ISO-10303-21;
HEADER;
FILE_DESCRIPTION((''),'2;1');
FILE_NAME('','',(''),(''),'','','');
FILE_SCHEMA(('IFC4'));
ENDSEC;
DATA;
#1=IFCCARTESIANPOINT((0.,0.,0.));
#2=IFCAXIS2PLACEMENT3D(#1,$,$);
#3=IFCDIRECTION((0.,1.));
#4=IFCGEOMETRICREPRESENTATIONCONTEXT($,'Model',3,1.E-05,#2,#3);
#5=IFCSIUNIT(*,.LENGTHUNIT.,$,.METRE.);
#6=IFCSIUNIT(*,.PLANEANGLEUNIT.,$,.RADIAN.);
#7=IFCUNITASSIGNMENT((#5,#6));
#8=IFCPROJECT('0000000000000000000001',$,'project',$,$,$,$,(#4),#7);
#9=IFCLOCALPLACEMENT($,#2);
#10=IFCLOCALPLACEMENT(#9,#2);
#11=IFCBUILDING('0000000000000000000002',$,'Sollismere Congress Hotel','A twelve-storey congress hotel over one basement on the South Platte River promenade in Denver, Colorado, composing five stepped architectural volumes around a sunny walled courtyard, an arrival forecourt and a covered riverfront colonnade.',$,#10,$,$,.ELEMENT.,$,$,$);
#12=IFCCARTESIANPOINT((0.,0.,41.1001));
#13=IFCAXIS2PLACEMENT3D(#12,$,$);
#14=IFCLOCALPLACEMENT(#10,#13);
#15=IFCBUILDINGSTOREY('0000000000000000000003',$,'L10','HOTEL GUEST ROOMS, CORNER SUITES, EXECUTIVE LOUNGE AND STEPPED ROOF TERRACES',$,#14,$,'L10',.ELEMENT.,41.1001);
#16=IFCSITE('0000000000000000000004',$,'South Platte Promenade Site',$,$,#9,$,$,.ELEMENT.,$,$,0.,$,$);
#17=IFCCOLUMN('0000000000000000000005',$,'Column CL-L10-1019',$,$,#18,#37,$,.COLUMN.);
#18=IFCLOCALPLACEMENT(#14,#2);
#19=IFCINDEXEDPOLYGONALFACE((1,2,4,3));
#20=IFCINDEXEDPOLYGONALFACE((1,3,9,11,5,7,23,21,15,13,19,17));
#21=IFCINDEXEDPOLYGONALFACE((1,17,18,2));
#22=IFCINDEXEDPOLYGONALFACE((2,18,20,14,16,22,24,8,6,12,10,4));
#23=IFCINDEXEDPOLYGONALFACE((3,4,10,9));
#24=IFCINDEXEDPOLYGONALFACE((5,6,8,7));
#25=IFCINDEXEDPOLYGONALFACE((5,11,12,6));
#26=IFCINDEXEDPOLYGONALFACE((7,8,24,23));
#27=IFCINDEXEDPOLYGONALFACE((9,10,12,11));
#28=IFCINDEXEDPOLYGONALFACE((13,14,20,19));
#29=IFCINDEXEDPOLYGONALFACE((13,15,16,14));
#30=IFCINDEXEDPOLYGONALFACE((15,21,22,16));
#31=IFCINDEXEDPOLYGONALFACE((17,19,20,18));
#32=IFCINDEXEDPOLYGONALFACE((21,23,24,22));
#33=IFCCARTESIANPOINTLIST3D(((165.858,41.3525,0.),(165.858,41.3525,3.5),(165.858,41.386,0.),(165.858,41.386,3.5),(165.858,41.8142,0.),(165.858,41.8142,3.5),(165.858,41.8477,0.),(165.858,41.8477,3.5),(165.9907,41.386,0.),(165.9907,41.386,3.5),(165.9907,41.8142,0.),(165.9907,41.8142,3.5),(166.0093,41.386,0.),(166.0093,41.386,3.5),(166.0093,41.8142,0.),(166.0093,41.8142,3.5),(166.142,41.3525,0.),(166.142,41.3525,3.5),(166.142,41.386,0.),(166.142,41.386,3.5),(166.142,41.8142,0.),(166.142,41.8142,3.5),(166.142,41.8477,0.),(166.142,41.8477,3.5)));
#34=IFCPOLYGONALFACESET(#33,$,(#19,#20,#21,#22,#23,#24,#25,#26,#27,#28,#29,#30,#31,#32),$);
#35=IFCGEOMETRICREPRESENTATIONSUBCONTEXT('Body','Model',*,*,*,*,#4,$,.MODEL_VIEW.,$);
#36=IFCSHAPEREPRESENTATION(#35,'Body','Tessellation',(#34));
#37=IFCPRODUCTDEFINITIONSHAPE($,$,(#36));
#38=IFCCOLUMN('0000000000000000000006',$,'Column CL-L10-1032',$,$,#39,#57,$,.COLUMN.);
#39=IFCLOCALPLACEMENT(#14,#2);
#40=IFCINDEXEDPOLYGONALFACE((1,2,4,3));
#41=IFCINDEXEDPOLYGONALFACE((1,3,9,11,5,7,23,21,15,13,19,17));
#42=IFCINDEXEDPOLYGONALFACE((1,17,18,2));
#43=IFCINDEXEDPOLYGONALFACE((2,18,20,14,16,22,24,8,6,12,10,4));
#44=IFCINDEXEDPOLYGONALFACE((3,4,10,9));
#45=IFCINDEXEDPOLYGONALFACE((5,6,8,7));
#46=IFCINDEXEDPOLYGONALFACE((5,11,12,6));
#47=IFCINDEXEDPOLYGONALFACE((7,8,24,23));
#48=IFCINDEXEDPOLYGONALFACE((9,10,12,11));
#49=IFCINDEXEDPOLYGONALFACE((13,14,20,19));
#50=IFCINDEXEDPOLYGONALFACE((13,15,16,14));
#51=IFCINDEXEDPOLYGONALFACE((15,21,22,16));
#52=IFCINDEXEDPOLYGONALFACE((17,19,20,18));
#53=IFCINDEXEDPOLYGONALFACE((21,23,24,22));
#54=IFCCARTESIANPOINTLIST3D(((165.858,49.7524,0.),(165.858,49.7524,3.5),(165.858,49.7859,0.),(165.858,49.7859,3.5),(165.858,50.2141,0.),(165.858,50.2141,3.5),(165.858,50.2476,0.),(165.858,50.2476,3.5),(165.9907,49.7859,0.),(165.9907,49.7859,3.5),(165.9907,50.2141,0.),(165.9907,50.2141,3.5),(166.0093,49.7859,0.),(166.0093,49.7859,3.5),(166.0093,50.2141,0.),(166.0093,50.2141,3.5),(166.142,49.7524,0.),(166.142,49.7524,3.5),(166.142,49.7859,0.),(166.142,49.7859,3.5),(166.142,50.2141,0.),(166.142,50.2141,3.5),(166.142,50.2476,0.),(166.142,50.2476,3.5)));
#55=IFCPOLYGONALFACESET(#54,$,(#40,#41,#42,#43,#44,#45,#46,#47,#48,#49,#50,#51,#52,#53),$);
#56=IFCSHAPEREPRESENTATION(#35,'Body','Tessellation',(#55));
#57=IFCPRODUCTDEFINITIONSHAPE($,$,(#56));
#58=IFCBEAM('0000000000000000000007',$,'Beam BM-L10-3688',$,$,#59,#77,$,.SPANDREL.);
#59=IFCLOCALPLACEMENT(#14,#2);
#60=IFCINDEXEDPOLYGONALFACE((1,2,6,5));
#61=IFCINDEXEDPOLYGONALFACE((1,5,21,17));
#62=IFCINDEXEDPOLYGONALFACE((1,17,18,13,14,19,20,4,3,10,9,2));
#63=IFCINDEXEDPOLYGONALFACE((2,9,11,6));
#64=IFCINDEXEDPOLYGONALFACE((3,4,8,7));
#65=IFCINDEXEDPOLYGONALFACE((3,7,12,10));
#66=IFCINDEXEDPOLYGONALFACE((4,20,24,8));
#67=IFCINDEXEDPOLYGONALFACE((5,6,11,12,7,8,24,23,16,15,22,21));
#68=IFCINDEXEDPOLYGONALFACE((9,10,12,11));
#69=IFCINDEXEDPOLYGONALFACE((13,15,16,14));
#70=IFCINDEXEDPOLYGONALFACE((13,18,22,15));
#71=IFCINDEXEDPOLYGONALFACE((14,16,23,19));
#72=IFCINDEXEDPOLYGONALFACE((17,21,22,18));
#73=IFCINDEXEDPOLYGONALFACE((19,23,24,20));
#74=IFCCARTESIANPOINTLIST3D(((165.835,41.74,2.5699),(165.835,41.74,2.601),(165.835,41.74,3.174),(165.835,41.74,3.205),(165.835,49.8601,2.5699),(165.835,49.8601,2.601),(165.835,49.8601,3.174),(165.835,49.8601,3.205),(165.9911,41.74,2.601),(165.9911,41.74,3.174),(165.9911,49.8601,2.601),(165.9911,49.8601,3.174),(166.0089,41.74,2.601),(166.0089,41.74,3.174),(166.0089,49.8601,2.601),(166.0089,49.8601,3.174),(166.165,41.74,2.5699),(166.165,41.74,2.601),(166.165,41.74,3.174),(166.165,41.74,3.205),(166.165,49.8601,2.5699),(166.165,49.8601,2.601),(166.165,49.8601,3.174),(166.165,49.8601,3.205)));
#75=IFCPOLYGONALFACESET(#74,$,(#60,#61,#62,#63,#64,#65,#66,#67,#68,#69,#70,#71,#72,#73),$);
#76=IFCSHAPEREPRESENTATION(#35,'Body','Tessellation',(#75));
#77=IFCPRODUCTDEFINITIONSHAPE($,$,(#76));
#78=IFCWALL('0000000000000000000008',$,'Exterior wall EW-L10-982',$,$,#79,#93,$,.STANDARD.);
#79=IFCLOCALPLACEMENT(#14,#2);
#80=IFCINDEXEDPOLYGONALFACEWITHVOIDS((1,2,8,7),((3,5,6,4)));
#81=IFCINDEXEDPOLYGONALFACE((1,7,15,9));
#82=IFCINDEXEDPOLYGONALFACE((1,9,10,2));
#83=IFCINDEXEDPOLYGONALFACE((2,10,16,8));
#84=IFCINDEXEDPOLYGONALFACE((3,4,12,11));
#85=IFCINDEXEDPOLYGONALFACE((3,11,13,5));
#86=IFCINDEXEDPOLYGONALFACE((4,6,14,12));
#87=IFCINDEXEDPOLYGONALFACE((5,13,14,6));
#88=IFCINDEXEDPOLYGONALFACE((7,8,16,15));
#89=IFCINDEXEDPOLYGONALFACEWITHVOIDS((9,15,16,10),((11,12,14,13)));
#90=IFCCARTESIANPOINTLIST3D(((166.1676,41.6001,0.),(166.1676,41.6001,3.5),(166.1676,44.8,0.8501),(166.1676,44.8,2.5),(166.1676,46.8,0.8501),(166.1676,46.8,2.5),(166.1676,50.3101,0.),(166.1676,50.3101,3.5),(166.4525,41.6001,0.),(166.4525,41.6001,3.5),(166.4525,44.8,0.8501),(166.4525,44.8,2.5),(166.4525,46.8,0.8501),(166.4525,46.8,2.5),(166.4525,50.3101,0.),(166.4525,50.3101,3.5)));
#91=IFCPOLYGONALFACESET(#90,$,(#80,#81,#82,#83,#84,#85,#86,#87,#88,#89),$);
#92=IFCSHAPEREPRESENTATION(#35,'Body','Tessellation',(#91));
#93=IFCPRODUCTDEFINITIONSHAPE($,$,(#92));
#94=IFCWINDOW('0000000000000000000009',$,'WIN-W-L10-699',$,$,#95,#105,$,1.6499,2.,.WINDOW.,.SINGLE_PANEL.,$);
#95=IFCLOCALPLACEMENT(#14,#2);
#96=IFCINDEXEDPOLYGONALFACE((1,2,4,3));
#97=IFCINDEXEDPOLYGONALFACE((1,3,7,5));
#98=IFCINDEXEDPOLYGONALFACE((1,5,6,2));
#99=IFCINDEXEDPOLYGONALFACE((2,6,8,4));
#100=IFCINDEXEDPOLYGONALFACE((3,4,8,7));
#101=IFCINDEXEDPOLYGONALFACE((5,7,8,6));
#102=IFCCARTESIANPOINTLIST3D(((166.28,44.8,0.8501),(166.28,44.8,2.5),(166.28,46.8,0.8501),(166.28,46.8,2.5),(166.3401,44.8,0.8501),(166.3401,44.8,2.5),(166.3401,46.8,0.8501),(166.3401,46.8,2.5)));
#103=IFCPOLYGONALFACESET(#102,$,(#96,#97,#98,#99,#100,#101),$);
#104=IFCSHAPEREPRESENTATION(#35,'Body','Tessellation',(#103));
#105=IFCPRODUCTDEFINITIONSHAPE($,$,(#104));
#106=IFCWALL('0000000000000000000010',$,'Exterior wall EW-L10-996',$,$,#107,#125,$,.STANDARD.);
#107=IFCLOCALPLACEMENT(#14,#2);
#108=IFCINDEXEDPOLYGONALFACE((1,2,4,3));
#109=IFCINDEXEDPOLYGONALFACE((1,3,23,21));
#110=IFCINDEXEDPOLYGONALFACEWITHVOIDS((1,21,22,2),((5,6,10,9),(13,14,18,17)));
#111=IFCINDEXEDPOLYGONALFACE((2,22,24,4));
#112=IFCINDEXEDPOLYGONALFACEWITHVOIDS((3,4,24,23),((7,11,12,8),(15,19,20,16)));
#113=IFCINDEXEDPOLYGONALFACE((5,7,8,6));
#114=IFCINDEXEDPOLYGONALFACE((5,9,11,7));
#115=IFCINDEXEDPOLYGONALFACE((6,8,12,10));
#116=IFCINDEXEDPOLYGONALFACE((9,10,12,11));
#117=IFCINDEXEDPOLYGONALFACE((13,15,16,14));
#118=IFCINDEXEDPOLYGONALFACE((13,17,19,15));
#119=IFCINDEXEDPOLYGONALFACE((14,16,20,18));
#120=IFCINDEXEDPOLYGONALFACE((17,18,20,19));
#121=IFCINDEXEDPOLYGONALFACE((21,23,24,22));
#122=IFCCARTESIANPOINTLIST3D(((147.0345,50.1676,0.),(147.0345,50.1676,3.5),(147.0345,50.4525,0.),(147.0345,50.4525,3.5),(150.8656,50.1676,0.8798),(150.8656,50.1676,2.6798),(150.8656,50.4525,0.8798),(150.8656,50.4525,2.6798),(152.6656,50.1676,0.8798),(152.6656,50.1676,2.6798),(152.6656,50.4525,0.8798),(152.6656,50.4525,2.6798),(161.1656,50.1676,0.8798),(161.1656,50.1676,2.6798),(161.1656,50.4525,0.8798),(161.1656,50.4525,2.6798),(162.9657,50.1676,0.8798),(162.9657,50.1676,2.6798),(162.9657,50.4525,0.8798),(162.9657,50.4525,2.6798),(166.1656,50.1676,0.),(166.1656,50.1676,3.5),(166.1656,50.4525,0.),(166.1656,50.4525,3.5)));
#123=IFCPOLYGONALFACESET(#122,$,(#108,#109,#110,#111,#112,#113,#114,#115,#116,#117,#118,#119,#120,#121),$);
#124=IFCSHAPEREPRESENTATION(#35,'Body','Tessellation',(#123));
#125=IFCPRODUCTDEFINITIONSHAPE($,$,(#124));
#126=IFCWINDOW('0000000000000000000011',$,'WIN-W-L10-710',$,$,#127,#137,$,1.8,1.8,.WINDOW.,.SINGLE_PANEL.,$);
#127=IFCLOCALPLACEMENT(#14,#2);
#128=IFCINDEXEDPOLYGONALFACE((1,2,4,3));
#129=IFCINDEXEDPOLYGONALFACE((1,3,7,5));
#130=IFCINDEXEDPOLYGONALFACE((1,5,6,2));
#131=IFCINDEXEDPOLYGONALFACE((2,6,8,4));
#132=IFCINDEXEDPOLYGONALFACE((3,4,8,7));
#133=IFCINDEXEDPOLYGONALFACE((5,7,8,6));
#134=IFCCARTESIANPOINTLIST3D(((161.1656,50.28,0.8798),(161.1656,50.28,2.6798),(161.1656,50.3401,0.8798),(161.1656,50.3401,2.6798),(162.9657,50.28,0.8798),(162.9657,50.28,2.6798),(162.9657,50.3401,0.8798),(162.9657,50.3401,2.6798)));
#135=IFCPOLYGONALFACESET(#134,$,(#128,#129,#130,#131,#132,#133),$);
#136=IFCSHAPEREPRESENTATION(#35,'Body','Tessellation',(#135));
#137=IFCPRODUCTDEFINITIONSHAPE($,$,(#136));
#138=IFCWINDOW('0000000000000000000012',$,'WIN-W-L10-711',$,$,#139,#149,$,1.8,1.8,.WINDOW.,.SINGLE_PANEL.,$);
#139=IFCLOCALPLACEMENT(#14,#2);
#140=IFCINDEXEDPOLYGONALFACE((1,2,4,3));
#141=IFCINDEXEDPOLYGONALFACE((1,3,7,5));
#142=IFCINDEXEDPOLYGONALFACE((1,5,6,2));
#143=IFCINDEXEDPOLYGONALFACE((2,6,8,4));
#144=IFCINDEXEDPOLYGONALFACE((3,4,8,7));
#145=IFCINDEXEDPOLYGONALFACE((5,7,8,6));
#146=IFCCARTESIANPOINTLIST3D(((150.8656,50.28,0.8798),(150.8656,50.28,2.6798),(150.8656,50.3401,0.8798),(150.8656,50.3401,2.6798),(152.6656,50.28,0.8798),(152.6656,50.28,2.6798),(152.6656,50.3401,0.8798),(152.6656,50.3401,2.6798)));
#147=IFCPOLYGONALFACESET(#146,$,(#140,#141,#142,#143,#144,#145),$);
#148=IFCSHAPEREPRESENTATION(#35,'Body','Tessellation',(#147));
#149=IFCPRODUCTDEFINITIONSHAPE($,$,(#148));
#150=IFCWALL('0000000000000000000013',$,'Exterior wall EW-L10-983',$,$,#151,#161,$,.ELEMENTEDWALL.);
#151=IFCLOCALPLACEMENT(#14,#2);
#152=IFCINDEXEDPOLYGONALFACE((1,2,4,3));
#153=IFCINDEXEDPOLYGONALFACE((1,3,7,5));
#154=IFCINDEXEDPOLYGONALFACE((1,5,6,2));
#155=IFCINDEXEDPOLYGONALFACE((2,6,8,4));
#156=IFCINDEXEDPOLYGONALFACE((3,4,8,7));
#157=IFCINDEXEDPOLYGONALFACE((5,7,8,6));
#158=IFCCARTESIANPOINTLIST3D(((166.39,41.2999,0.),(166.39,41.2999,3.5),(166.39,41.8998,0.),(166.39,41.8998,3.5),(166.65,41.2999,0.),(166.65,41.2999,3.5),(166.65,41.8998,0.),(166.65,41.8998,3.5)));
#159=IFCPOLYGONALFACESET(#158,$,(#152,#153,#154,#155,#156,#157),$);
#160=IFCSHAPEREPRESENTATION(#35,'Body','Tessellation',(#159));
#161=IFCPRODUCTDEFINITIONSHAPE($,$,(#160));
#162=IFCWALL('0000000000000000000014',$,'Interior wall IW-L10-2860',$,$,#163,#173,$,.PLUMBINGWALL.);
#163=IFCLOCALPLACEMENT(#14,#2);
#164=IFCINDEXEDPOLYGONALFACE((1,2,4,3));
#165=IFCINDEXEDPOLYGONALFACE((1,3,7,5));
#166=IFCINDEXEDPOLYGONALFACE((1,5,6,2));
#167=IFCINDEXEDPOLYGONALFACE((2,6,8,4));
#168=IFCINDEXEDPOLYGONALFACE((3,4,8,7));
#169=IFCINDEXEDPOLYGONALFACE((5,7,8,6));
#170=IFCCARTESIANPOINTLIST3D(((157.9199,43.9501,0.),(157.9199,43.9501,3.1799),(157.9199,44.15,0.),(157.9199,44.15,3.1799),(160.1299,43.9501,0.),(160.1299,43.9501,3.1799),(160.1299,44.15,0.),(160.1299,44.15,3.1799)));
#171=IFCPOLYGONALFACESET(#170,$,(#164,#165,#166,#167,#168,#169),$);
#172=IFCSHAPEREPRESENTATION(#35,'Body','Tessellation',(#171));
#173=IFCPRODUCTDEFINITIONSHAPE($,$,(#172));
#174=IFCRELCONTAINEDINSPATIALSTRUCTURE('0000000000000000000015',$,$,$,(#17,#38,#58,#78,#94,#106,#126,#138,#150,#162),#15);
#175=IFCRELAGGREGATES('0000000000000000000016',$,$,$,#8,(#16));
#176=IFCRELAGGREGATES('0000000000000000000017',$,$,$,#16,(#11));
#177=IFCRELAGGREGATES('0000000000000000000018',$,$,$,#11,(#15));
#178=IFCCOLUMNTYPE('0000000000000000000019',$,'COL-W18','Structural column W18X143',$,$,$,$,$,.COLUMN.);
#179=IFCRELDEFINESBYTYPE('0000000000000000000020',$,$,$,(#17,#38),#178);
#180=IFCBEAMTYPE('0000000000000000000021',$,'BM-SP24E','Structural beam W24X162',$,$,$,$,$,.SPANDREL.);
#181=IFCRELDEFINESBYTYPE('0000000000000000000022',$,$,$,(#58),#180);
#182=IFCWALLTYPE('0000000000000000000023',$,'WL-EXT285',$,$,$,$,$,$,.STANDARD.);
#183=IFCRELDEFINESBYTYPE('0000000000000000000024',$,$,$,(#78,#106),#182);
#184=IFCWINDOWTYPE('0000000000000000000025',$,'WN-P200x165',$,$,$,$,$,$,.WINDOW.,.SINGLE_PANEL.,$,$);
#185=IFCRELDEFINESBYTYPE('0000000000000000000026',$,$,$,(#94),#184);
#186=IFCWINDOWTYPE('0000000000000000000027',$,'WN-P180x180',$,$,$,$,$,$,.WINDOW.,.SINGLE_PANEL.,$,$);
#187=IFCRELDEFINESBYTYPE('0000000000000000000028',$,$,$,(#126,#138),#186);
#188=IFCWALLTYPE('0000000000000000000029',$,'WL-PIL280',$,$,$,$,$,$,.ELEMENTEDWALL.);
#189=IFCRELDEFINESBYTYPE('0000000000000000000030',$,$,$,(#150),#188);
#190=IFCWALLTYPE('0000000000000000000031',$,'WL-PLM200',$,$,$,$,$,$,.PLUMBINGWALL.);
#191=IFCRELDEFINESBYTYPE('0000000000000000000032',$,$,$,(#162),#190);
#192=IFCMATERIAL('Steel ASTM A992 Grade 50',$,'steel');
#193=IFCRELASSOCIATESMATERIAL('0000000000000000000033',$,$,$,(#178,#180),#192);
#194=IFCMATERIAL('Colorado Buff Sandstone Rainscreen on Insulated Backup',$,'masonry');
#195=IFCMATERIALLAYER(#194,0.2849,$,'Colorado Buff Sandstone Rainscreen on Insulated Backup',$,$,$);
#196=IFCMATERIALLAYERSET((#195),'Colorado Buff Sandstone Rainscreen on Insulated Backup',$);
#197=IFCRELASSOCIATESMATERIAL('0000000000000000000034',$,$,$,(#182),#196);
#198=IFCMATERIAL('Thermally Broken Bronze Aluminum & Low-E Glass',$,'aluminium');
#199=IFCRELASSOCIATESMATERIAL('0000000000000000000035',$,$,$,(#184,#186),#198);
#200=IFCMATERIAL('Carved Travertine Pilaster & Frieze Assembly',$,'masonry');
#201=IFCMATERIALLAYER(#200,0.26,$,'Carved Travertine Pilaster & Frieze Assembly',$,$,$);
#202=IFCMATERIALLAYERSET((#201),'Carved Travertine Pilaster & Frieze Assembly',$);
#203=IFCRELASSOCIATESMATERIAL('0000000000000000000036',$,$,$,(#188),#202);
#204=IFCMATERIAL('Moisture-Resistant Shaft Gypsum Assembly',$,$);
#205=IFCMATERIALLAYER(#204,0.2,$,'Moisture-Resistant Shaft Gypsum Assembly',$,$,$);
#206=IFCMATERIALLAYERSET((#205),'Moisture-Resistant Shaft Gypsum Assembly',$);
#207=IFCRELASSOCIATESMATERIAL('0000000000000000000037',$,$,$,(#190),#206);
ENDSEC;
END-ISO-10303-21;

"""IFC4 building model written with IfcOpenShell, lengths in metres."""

from ifc_helpers import new_model, si_unit, direction, frame, frame_2d, origin, origin_2d, place, context, subcontext, project, spatial, rectangle, i_section, extrude, material, layer, layer_set, material_profile, profile_set, type_object, element, fill, save


model = new_model("IFC4")

# Units and contexts
model_context = context("Model", 3, precision=1e-05, world=origin(), true_north=direction((0.0, 1.0)))
body_context = subcontext(model_context, "Body", "Model", "MODEL_VIEW")
ifc_project = project(units=[si_unit("LENGTHUNIT", "METRE"), si_unit("PLANEANGLEUNIT", "RADIAN")], contexts=[model_context])

# Site, building, storey
site_placement = place(None, origin())
site = spatial("IfcSite", under=ifc_project, at=site_placement, Name="South Platte Promenade Site", CompositionType="ELEMENT", RefElevation=0.0)
building_placement = place(site_placement, origin())
building = spatial("IfcBuilding", under=site, at=building_placement, Name="Sollismere Congress Hotel", Description="A twelve-storey congress hotel over one basement on the South Platte River promenade in Denver, Colorado, composing five stepped architectural volumes around a sunny walled courtyard, an arrival forecourt and a covered riverfront colonnade.", CompositionType="ELEMENT")
storey_placement = place(building_placement, frame((0.0, 0.0, 41.1001)))
storey = spatial("IfcBuildingStorey", under=building, at=storey_placement, Name="L10", Description="HOTEL GUEST ROOMS, CORNER SUITES, EXECUTIVE LOUNGE AND STEPPED ROOF TERRACES", LongName="L10", CompositionType="ELEMENT", Elevation=41.1001)

# Columns
ifc_material_1 = material(Name="Steel ASTM A992 Grade 50", Category="steel")
ifc_material_profile_1 = material_profile(ifc_material_1, i_section(OverallWidth=0.2839, OverallDepth=0.4951, WebThickness=0.0186, FlangeThickness=0.0334, at=origin_2d()), Name="W18X143")
ifc_profile_set_1 = profile_set([ifc_material_profile_1], Name="Steel ASTM A992 Grade 50")
column_type = type_object("IfcColumnType", Name="COL-W18", Description="Structural column W18X143", PredefinedType="COLUMN", material=ifc_profile_set_1)
for number, where, z_axis, x_axis, name in (
    (1, (166.0, 41.6001, 0.0), (0.0, 0.0, 1.0), (1.0, 0.0, 0.0), "Column CL-L10-1019"),
    (2, (166.0, 50.0, 0.0), (0.0, 0.0, 1.0), (1.0, 0.0, 0.0), "Column CL-L10-1032"),
):
    element("IfcColumn", number, at=place(storey_placement, frame(where, z_axis=z_axis, x_axis=x_axis)), inside=storey, type_object=column_type, Name=name, PredefinedType="COLUMN", context=body_context, shape_type="SweptSolid", body=[
        extrude(i_section(OverallWidth=0.2839, OverallDepth=0.4951, WebThickness=0.0186, FlangeThickness=0.0334, at=origin_2d()), origin(), (0.0, 0.0, 1.0), 3.5),
    ])

# Beam
ifc_material_profile_2 = material_profile(ifc_material_1, i_section(OverallWidth=0.3301, OverallDepth=0.635, WebThickness=0.0178, FlangeThickness=0.031, at=origin_2d()), Name="W24X162")
ifc_profile_set_2 = profile_set([ifc_material_profile_2], Name="Steel ASTM A992 Grade 50")
beam_type = type_object("IfcBeamType", Name="BM-SP24E", Description="Structural beam W24X162", PredefinedType="SPANDREL", material=ifc_profile_set_2)
beam_placement = place(storey_placement, frame((166.0, 41.74, 2.8875), z_axis=(0.0, 1.0, 0.0), x_axis=(-1.0, 0.0, 0.0)))
element("IfcBeam", 3, at=beam_placement, inside=storey, type_object=beam_type, Name="Beam BM-L10-3688", PredefinedType="SPANDREL", context=body_context, shape_type="SweptSolid", body=[
    extrude(i_section(OverallWidth=0.3301, OverallDepth=0.635, WebThickness=0.0178, FlangeThickness=0.031, at=origin_2d()), origin(), (0.0, 0.0, 1.0), 8.1201),
])

# Wall, opening, window
ifc_material_2 = material(Name="Colorado Buff Sandstone Rainscreen on Insulated Backup", Category="masonry")
ifc_layer_1 = layer(ifc_material_2, 0.2849, Name="Colorado Buff Sandstone Rainscreen on Insulated Backup")
ifc_layer_set_1 = layer_set([ifc_layer_1], Name="Colorado Buff Sandstone Rainscreen on Insulated Backup")
wall_type_1 = type_object("IfcWallType", Name="WL-EXT285", PredefinedType="STANDARD", material=ifc_layer_set_1)
wall_1_placement = place(storey_placement, frame((166.3101, 41.6001, 0.0), z_axis=(0.0, 0.0, 1.0), x_axis=(0.0, 1.0, 0.0)))
wall_1 = element("IfcWall", 4, at=wall_1_placement, inside=storey, type_object=wall_type_1, Name="Exterior wall EW-L10-982", PredefinedType="STANDARD", context=body_context, shape_type="SweptSolid", body=[
    extrude(rectangle(XDim=8.71, YDim=0.2849, at=frame_2d((4.355, 0.0))), origin(), (0.0, 0.0, 1.0), 3.5),
])
opening_1_placement = place(wall_1_placement, frame((3.2, 0.0, 0.8501)))
opening_1 = element("IfcOpeningElement", 5, at=opening_1_placement, cuts=wall_1, PredefinedType="OPENING", context=body_context, shape_type="SweptSolid", body=[
    extrude(rectangle(XDim=2.0, YDim=1.6499, at=frame_2d((1.0, 0.825))), frame((0.0, 0.1523, 0.0), z_axis=(0.0, -1.0, 0.0), x_axis=(1.0, 0.0, 0.0)), (0.0, 0.0, 1.0), 0.3049),
])
ifc_material_3 = material(Name="Thermally Broken Bronze Aluminum & Low-E Glass", Category="aluminium")
window_type_1 = type_object("IfcWindowType", Name="WN-P200x165", PartitioningType="SINGLE_PANEL", PredefinedType="WINDOW", material=ifc_material_3)
window_1_placement = place(opening_1_placement, origin())
window_1 = element("IfcWindow", 6, at=window_1_placement, inside=storey, type_object=window_type_1, Name="WIN-W-L10-699", OverallHeight=1.6499, OverallWidth=2.0, PartitioningType="SINGLE_PANEL", PredefinedType="WINDOW", context=body_context, shape_type="SweptSolid", body=[
    extrude(rectangle(XDim=2.0, YDim=1.6499, at=frame_2d((1.0, 0.825))), frame((0.0, 0.03, 0.0), z_axis=(0.0, -1.0, 0.0), x_axis=(1.0, 0.0, 0.0)), (0.0, 0.0, 1.0), 0.0601),
])
fill(opening_1, window_1)

# Wall, openings, windows
wall_2_placement = place(storey_placement, frame((166.1655, 50.3101, 0.0), z_axis=(0.0, 0.0, 1.0), x_axis=(-1.0, 0.0, 0.0)))
wall_2 = element("IfcWall", 7, at=wall_2_placement, inside=storey, type_object=wall_type_1, Name="Exterior wall EW-L10-996", PredefinedType="STANDARD", context=body_context, shape_type="SweptSolid", body=[
    extrude(rectangle(XDim=19.1311, YDim=0.2849, at=frame_2d((9.5654, 0.0))), origin(), (0.0, 0.0, 1.0), 3.5),
])
opening_2_placement = place(wall_2_placement, frame((3.2, 0.0, 0.8799)))
opening_2 = element("IfcOpeningElement", 8, at=opening_2_placement, cuts=wall_2, PredefinedType="OPENING", context=body_context, shape_type="SweptSolid", body=[
    extrude(rectangle(XDim=1.8, YDim=1.8, at=frame_2d((0.8999, 0.8999))), frame((0.0, 0.1523, 0.0), z_axis=(0.0, -1.0, 0.0), x_axis=(1.0, 0.0, 0.0)), (0.0, 0.0, 1.0), 0.3049),
])
opening_3_placement = place(wall_2_placement, frame((13.5, 0.0, 0.8799)))
opening_3 = element("IfcOpeningElement", 9, at=opening_3_placement, cuts=wall_2, PredefinedType="OPENING", context=body_context, shape_type="SweptSolid", body=[
    extrude(rectangle(XDim=1.8, YDim=1.8, at=frame_2d((0.8999, 0.8999))), frame((0.0, 0.1523, 0.0), z_axis=(0.0, -1.0, 0.0), x_axis=(1.0, 0.0, 0.0)), (0.0, 0.0, 1.0), 0.3049),
])
window_type_2 = type_object("IfcWindowType", Name="WN-P180x180", PartitioningType="SINGLE_PANEL", PredefinedType="WINDOW", material=ifc_material_3)
window_2_placement = place(opening_2_placement, origin())
window_2 = element("IfcWindow", 10, at=window_2_placement, inside=storey, type_object=window_type_2, Name="WIN-W-L10-710", OverallHeight=1.8, OverallWidth=1.8, PartitioningType="SINGLE_PANEL", PredefinedType="WINDOW", context=body_context, shape_type="SweptSolid", body=[
    extrude(rectangle(XDim=1.8, YDim=1.8, at=frame_2d((0.8999, 0.8999))), frame((0.0, 0.03, 0.0), z_axis=(0.0, -1.0, 0.0), x_axis=(1.0, 0.0, 0.0)), (0.0, 0.0, 1.0), 0.0601),
])
fill(opening_2, window_2)
window_3_placement = place(opening_3_placement, origin())
window_3 = element("IfcWindow", 11, at=window_3_placement, inside=storey, type_object=window_type_2, Name="WIN-W-L10-711", OverallHeight=1.8, OverallWidth=1.8, PartitioningType="SINGLE_PANEL", PredefinedType="WINDOW", context=body_context, shape_type="SweptSolid", body=[
    extrude(rectangle(XDim=1.8, YDim=1.8, at=frame_2d((0.8999, 0.8999))), frame((0.0, 0.03, 0.0), z_axis=(0.0, -1.0, 0.0), x_axis=(1.0, 0.0, 0.0)), (0.0, 0.0, 1.0), 0.0601),
])
fill(opening_3, window_3)

# Walls
ifc_material_4 = material(Name="Carved Travertine Pilaster & Frieze Assembly", Category="masonry")
ifc_layer_2 = layer(ifc_material_4, 0.26, Name="Carved Travertine Pilaster & Frieze Assembly")
ifc_layer_set_2 = layer_set([ifc_layer_2], Name="Carved Travertine Pilaster & Frieze Assembly")
wall_type_2 = type_object("IfcWallType", Name="WL-PIL280", PredefinedType="ELEMENTEDWALL", material=ifc_layer_set_2)
wall_3_placement = place(storey_placement, frame((166.52, 41.3, 0.0), z_axis=(0.0, 0.0, 1.0), x_axis=(0.0, 1.0, 0.0)))
element("IfcWall", 12, at=wall_3_placement, inside=storey, type_object=wall_type_2, Name="Exterior wall EW-L10-983", PredefinedType="ELEMENTEDWALL", context=body_context, shape_type="SweptSolid", body=[
    extrude(rectangle(XDim=0.5999, YDim=0.26, at=frame_2d((0.2998, 0.0))), origin(), (0.0, 0.0, 1.0), 3.5),
])
ifc_material_5 = material(Name="Moisture-Resistant Shaft Gypsum Assembly")
ifc_layer_3 = layer(ifc_material_5, 0.2, Name="Moisture-Resistant Shaft Gypsum Assembly")
ifc_layer_set_3 = layer_set([ifc_layer_3], Name="Moisture-Resistant Shaft Gypsum Assembly")
wall_type_3 = type_object("IfcWallType", Name="WL-PLM200", PredefinedType="PLUMBINGWALL", material=ifc_layer_set_3)
wall_4_placement = place(storey_placement, frame((157.9199, 44.05, 0.0), z_axis=(0.0, 0.0, 1.0), x_axis=(1.0, 0.0, 0.0)))
element("IfcWall", 13, at=wall_4_placement, inside=storey, type_object=wall_type_3, Name="Interior wall IW-L10-2860", PredefinedType="PLUMBINGWALL", context=body_context, shape_type="SweptSolid", body=[
    extrude(rectangle(XDim=2.21, YDim=0.2, at=frame_2d((1.105, 0.0))), origin(), (0.0, 0.0, 1.0), 3.1799),
])

save(model, "model.ifc")
